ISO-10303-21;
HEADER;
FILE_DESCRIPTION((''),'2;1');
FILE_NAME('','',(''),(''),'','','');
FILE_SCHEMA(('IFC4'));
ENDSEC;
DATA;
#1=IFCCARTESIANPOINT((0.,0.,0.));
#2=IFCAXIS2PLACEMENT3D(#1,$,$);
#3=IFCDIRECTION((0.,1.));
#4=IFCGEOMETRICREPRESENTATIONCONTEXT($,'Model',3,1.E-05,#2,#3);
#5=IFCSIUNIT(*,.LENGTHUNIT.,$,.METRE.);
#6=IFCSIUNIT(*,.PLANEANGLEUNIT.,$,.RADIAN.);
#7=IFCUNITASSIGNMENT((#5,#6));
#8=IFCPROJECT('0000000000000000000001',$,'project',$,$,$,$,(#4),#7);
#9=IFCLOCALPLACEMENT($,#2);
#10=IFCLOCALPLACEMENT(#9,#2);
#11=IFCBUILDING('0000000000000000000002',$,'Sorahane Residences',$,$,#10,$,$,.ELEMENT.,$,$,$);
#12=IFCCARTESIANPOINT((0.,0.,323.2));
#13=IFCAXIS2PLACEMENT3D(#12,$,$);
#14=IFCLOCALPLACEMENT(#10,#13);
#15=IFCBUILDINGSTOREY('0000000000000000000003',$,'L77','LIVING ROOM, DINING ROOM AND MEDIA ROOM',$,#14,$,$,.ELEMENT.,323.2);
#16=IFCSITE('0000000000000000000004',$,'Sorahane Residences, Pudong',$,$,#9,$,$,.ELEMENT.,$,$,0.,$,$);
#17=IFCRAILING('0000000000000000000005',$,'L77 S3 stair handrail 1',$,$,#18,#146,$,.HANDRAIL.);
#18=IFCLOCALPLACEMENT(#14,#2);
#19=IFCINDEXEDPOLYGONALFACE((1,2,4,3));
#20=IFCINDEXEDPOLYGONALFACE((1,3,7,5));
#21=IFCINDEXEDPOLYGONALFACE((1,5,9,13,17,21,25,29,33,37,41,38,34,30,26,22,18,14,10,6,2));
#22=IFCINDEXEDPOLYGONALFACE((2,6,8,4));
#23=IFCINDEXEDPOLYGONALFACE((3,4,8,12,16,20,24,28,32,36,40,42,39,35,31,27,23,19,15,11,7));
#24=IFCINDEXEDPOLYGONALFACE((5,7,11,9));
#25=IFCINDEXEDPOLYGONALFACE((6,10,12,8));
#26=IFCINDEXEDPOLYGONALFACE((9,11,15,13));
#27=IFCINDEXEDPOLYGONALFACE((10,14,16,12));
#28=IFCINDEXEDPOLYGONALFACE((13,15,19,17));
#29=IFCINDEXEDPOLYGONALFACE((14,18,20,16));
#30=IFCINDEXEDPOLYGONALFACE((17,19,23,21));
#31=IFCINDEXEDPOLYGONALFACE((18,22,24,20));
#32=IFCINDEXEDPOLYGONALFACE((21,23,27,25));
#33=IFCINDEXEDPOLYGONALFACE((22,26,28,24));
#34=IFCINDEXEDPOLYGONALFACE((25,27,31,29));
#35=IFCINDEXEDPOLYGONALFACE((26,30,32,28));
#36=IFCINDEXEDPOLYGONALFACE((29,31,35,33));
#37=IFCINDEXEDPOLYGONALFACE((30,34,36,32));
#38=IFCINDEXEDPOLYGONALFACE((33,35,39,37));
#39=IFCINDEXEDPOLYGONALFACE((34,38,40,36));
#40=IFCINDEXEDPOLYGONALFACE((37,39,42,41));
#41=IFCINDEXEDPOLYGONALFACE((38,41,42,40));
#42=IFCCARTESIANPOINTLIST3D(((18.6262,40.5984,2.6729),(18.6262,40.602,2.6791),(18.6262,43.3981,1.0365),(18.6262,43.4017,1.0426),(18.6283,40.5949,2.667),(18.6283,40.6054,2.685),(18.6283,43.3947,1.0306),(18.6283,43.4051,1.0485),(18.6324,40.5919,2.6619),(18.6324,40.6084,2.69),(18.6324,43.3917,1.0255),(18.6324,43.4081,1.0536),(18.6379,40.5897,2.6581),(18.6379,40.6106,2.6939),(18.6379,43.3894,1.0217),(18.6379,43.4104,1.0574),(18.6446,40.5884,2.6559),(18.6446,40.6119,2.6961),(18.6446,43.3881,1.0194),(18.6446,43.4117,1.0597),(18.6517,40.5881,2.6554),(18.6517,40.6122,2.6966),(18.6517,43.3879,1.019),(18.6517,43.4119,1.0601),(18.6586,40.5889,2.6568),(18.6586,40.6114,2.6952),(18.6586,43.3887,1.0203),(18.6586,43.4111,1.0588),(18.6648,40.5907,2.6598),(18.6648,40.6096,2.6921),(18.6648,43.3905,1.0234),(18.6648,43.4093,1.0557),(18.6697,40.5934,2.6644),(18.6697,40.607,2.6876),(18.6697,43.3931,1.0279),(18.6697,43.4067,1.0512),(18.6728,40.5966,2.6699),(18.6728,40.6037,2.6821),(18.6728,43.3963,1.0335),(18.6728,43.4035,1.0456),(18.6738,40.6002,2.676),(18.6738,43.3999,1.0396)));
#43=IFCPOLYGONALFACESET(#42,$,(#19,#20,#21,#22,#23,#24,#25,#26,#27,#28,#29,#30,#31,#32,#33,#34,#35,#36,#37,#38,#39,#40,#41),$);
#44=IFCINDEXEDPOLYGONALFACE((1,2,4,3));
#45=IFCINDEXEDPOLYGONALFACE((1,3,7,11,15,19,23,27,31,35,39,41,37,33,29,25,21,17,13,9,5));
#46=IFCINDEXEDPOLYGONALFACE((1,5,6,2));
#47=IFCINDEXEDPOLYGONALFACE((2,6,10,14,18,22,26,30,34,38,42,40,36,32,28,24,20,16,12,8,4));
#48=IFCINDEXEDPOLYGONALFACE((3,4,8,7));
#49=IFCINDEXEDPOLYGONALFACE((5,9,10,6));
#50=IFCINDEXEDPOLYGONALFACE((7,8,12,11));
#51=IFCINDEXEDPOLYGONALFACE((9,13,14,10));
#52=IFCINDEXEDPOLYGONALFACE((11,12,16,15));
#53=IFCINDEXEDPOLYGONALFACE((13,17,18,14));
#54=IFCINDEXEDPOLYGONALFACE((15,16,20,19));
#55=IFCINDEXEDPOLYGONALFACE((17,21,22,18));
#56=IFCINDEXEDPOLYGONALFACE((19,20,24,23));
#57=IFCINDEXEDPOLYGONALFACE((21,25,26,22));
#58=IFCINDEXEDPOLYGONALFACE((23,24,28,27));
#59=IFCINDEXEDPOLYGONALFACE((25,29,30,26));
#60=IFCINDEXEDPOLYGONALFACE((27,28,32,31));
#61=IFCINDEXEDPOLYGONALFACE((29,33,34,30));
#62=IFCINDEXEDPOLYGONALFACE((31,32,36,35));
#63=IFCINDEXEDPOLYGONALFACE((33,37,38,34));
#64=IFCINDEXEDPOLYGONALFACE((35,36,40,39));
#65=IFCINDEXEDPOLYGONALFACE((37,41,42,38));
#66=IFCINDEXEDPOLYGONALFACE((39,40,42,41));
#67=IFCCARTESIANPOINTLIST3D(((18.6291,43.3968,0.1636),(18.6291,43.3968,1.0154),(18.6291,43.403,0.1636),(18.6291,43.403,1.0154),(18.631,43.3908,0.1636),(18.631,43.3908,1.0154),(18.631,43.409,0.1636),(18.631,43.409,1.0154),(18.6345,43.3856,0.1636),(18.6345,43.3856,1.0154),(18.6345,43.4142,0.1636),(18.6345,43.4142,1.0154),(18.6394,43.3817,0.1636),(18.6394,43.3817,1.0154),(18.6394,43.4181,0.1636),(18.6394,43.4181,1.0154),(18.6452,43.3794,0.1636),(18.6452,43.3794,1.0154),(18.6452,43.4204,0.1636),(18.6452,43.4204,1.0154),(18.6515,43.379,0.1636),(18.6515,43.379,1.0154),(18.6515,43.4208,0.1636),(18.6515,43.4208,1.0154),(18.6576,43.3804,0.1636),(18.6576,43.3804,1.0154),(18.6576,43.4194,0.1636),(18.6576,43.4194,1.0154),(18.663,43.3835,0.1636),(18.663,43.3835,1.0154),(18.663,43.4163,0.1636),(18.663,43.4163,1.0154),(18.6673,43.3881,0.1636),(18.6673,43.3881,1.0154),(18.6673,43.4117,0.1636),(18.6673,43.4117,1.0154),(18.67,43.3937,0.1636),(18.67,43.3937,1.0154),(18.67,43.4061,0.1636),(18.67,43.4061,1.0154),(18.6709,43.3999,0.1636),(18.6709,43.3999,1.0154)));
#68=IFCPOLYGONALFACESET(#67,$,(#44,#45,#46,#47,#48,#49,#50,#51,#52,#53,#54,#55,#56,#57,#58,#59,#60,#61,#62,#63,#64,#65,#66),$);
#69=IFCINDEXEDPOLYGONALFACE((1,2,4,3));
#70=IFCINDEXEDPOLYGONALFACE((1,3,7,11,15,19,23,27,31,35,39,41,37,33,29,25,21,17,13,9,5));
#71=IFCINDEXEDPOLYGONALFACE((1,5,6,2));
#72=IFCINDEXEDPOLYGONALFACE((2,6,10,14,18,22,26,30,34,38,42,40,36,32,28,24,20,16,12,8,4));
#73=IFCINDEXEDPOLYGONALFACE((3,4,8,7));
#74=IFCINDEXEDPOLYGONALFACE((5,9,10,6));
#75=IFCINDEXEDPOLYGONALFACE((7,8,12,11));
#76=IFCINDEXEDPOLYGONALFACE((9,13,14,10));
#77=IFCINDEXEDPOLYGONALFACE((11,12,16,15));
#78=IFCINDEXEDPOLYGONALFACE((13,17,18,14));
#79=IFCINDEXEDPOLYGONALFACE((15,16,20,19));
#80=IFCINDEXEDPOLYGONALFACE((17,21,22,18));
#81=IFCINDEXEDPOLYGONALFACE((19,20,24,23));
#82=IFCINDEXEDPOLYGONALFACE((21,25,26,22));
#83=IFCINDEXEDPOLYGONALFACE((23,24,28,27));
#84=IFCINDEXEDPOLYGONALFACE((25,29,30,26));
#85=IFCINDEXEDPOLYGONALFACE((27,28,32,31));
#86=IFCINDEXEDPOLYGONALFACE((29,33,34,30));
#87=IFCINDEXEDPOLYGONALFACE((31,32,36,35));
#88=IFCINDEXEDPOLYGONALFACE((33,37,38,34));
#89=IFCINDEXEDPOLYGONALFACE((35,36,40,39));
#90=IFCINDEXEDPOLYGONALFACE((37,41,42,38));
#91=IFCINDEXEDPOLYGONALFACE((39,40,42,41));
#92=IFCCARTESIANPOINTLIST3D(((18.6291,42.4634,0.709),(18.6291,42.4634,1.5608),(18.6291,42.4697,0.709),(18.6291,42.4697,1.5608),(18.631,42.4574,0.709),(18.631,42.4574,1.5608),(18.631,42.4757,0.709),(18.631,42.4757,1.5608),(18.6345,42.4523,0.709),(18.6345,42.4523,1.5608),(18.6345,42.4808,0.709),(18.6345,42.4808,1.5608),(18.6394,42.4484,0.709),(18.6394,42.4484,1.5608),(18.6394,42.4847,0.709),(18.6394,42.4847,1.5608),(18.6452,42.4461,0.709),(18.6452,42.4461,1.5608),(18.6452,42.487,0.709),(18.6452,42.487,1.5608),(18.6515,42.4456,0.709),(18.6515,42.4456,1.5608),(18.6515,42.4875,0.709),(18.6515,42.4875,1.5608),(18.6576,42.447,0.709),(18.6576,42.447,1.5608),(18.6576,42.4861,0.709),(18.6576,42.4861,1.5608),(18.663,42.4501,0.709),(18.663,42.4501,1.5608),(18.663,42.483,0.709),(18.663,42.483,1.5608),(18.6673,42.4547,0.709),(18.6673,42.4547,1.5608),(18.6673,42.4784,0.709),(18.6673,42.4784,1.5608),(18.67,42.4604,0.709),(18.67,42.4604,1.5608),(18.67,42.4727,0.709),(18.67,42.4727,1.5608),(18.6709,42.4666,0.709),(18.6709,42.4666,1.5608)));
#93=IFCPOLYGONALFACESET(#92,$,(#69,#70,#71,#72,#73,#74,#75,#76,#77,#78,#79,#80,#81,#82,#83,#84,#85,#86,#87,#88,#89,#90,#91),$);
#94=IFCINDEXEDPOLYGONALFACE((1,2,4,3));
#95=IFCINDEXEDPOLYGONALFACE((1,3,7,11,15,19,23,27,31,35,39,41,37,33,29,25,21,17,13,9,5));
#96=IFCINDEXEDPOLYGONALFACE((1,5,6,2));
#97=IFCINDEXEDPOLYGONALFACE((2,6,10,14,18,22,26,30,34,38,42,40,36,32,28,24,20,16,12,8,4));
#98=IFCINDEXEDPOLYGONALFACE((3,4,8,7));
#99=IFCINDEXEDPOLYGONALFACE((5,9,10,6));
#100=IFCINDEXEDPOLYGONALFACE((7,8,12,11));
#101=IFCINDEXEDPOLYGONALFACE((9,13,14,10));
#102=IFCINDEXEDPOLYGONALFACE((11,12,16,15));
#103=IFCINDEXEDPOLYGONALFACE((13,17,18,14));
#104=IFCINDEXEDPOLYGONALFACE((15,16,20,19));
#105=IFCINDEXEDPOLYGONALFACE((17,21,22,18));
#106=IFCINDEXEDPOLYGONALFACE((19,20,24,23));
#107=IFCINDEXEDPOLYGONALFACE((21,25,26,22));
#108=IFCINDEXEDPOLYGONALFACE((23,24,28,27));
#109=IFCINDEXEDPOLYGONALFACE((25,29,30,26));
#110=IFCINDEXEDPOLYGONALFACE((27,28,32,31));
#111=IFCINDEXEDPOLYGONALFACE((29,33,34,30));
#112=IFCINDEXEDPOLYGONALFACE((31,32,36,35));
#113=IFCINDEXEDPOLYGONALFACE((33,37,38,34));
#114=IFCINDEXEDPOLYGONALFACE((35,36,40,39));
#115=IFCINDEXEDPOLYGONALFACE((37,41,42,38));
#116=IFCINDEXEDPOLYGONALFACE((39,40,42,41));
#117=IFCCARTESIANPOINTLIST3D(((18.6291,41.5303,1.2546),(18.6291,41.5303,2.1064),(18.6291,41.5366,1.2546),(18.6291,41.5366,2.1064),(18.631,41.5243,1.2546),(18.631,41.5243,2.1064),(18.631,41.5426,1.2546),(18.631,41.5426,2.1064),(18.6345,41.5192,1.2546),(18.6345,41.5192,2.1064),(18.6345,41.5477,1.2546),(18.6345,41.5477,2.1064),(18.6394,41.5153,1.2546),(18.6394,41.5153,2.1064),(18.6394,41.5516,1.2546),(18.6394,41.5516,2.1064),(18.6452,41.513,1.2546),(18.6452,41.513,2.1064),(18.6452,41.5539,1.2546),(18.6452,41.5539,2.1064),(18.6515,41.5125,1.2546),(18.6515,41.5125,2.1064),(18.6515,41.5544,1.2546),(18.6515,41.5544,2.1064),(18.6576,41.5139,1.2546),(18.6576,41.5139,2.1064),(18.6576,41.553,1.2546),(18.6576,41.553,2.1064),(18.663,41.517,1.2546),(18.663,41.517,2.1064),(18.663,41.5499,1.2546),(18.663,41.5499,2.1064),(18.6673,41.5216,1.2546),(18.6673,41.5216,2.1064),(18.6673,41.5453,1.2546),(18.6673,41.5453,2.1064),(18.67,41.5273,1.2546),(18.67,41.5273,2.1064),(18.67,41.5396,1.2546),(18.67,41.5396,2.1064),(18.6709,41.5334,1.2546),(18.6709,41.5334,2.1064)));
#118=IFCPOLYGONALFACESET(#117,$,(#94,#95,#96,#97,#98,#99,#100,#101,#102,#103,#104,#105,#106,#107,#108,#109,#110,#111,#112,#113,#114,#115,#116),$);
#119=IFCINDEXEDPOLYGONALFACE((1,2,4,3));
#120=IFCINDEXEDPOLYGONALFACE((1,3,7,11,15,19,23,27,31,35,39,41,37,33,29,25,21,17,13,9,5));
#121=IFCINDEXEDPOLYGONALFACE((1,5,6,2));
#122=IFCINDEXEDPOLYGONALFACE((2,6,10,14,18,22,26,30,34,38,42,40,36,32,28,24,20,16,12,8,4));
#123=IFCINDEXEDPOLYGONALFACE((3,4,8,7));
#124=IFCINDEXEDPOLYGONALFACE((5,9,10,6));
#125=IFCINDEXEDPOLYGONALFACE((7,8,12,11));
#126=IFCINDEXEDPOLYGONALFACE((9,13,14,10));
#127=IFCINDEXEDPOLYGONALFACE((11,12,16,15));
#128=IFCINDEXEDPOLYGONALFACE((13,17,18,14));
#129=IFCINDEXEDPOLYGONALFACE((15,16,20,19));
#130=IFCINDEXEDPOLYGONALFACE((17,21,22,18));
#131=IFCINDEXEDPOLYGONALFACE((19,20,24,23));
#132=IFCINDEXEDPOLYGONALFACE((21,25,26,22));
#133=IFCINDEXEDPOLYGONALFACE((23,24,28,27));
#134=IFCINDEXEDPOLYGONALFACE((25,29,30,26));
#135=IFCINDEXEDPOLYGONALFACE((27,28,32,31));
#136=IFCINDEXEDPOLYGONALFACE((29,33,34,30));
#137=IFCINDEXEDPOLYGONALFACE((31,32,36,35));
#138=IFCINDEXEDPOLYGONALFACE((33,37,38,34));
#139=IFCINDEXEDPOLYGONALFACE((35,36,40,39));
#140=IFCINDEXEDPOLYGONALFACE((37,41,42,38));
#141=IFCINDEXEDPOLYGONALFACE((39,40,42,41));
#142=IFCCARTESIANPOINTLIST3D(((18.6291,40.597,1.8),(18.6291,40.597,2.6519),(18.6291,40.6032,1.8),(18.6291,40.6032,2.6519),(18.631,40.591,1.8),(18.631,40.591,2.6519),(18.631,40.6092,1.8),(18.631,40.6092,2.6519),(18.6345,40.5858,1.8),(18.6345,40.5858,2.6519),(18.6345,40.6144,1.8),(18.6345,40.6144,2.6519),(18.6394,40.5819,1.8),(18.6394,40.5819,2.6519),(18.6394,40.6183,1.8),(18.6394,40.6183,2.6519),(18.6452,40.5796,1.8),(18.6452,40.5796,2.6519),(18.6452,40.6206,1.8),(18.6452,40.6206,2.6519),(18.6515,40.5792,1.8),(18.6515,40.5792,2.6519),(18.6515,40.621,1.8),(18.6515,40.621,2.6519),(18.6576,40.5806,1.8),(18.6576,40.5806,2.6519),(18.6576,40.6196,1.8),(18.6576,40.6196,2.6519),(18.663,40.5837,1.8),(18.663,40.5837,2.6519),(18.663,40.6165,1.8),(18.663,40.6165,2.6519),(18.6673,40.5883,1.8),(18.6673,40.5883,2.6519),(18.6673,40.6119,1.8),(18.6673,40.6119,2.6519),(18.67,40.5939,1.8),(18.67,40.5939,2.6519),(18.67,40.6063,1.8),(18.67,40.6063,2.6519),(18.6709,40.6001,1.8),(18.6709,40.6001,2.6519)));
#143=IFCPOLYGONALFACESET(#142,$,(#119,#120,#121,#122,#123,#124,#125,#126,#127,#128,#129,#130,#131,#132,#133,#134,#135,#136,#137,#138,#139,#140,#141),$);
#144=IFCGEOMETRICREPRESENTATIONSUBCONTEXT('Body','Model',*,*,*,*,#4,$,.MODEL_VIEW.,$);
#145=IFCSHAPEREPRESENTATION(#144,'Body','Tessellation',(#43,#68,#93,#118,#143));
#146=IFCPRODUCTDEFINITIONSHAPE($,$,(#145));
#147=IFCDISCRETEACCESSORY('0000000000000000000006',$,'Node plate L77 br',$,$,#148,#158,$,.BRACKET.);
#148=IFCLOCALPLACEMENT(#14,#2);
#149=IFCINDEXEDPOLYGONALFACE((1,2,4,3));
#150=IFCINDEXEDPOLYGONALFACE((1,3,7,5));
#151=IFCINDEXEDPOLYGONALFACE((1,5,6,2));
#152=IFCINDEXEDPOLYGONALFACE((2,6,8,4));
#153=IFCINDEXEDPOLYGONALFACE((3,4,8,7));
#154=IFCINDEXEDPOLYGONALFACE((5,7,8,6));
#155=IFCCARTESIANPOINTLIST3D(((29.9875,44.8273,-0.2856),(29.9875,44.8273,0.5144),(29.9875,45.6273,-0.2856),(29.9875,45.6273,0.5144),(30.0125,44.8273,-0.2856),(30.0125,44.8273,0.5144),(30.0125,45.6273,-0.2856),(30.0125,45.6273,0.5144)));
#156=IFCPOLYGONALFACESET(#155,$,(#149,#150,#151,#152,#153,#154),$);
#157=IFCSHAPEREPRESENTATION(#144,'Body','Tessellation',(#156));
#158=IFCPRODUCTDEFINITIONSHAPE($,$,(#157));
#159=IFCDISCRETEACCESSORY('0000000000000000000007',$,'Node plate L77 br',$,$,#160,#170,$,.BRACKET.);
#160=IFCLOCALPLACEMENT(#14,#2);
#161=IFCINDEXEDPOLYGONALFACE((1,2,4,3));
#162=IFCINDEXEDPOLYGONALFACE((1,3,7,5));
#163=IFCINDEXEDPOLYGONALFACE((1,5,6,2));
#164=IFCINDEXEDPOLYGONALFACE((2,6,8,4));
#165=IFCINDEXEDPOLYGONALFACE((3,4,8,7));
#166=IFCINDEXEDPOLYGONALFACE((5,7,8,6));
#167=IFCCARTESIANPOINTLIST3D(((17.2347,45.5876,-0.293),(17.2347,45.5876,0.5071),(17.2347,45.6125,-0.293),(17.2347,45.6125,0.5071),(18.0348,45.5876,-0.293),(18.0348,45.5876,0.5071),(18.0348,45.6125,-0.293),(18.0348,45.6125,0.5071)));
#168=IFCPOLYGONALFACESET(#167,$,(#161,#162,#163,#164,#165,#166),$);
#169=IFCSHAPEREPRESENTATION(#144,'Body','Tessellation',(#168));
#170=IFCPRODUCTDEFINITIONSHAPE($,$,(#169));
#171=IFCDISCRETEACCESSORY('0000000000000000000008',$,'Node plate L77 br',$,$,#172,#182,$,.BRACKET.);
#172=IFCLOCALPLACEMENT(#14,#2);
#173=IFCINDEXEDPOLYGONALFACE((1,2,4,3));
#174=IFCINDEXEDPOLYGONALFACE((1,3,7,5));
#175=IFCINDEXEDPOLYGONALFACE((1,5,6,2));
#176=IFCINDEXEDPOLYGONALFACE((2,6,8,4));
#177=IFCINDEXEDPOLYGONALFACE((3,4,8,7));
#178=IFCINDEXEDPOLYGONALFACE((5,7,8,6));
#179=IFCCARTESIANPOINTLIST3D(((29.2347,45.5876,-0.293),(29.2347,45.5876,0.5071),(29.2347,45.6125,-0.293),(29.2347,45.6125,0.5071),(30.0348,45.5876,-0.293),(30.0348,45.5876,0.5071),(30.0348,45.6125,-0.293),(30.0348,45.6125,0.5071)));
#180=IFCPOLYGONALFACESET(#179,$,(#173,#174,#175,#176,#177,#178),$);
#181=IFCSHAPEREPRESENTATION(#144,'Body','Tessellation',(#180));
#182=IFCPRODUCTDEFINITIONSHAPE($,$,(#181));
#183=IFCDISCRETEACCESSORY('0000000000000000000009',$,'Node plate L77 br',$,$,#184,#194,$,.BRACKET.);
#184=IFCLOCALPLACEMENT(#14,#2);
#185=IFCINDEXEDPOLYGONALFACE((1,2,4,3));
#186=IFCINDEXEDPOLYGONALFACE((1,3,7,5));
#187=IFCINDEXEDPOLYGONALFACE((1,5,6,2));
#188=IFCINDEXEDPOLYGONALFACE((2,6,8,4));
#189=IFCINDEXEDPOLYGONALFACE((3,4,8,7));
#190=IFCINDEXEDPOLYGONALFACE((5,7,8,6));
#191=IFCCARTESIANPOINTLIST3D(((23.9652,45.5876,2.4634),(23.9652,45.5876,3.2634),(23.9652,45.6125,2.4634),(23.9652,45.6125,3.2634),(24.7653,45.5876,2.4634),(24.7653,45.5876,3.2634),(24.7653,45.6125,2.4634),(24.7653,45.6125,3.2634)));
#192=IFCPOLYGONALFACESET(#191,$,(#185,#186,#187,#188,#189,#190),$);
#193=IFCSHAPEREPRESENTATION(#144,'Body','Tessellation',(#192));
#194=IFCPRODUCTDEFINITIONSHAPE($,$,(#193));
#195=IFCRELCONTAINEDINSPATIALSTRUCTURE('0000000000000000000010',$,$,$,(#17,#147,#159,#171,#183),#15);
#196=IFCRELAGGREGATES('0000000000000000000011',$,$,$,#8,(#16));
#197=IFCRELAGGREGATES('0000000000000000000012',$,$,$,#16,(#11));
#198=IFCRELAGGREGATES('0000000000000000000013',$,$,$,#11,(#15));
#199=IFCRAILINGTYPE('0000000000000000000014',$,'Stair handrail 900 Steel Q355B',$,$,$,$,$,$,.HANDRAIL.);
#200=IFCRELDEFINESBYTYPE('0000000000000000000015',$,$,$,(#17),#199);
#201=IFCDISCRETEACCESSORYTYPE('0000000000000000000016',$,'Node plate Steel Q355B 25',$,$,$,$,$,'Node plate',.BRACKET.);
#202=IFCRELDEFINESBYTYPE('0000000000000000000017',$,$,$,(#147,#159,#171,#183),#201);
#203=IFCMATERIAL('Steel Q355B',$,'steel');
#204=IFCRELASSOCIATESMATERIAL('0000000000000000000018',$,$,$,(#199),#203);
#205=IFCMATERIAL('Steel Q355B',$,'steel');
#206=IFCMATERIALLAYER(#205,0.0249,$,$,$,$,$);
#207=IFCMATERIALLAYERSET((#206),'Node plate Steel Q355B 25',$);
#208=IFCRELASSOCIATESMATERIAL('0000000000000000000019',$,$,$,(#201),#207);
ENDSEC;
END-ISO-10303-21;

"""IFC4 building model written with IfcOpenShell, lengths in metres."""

from ifc_helpers import new_model, si_unit, direction, frame, origin, origin_2d, place, context, subcontext, project, spatial, rectangle, circle, extrude, material, layer, layer_set, type_object, element, save


model = new_model("IFC4")

# Units and contexts
model_context = context("Model", 3, precision=1e-05, world=origin(), true_north=direction((0.0, 1.0)))
body_context = subcontext(model_context, "Body", "Model", "MODEL_VIEW")
ifc_project = project(units=[si_unit("LENGTHUNIT", "METRE"), si_unit("PLANEANGLEUNIT", "RADIAN")], contexts=[model_context])

# Site, building, storey
site_placement = place(None, origin())
site = spatial("IfcSite", under=ifc_project, at=site_placement, Name="Sorahane Residences, Pudong", CompositionType="ELEMENT", RefElevation=0.0)
building_placement = place(site_placement, origin())
building = spatial("IfcBuilding", under=site, at=building_placement, Name="Sorahane Residences", CompositionType="ELEMENT")
storey_placement = place(building_placement, frame((0.0, 0.0, 323.2)))
storey = spatial("IfcBuildingStorey", under=building, at=storey_placement, Name="L77", Description="LIVING ROOM, DINING ROOM AND MEDIA ROOM", CompositionType="ELEMENT", Elevation=323.2)

# Railing
ifc_material_1 = material(Name="Steel Q355B", Category="steel")
railing_type_1 = type_object("IfcRailingType", Name="Stair handrail 900 Steel Q355B", PredefinedType="HANDRAIL", material=ifc_material_1)
railing_1_placement = place(storey_placement, frame((18.6499, 43.3999, 0.1636)))
element("IfcRailing", 1, at=railing_1_placement, inside=storey, type_object=railing_type_1, Name="L77 S3 stair handrail 1", PredefinedType="HANDRAIL", context=body_context, shape_type="SweptSolid", body=[
    extrude(circle(Radius=0.0239, at=origin_2d()), frame((0.0, 0.0, 0.876), z_axis=(0.0, -0.863342, 0.50462), x_axis=(1.0, 0.0, 0.0)), (0.0, 0.0, 1.0), 3.2429),
    extrude(circle(Radius=0.021, at=origin_2d()), origin(), (0.0, 0.0, 1.0), 0.8518),
    extrude(circle(Radius=0.021, at=origin_2d()), frame((0.0, -0.9333, 0.5454)), (0.0, 0.0, 1.0), 0.8518),
    extrude(circle(Radius=0.021, at=origin_2d()), frame((0.0, -1.8665, 1.0911)), (0.0, 0.0, 1.0), 0.8518),
    extrude(circle(Radius=0.021, at=origin_2d()), frame((0.0, -2.7998, 1.6365)), (0.0, 0.0, 1.0), 0.8518),
])

# Discrete accessories
ifc_material_2 = material(Name="Steel Q355B", Category="steel")
ifc_layer_1 = layer(ifc_material_2, 0.0249)
ifc_layer_set_1 = layer_set([ifc_layer_1], Name="Node plate Steel Q355B 25")
discrete_accessory_type = type_object("IfcDiscreteAccessoryType", Name="Node plate Steel Q355B 25", ElementType="Node plate", PredefinedType="BRACKET", material=ifc_layer_set_1)
for number, where, z_axis, x_axis, name in (
    (2, (30.0, 45.2273, -0.2856), (0.0, 0.0, 1.0), (0.0, 1.0, 0.0), "Node plate L77 br"),
    (3, (17.6348, 45.6001, -0.293), (0.0, 0.0, 1.0), (1.0, 0.0, 0.0), "Node plate L77 br"),
    (4, (29.6348, 45.6001, -0.293), (0.0, 0.0, 1.0), (1.0, 0.0, 0.0), "Node plate L77 br"),
    (5, (24.3652, 45.6001, 2.4634), (0.0, 0.0, 1.0), (1.0, 0.0, 0.0), "Node plate L77 br"),
):
    element("IfcDiscreteAccessory", number, at=place(storey_placement, frame(where, z_axis=z_axis, x_axis=x_axis)), inside=storey, type_object=discrete_accessory_type, Name=name, PredefinedType="BRACKET", context=body_context, shape_type="SweptSolid", body=[
        extrude(rectangle(XDim=0.8, YDim=0.0249, at=origin_2d()), origin(), (0.0, 0.0, 1.0), 0.8),
    ])

save(model, "model.ifc")
